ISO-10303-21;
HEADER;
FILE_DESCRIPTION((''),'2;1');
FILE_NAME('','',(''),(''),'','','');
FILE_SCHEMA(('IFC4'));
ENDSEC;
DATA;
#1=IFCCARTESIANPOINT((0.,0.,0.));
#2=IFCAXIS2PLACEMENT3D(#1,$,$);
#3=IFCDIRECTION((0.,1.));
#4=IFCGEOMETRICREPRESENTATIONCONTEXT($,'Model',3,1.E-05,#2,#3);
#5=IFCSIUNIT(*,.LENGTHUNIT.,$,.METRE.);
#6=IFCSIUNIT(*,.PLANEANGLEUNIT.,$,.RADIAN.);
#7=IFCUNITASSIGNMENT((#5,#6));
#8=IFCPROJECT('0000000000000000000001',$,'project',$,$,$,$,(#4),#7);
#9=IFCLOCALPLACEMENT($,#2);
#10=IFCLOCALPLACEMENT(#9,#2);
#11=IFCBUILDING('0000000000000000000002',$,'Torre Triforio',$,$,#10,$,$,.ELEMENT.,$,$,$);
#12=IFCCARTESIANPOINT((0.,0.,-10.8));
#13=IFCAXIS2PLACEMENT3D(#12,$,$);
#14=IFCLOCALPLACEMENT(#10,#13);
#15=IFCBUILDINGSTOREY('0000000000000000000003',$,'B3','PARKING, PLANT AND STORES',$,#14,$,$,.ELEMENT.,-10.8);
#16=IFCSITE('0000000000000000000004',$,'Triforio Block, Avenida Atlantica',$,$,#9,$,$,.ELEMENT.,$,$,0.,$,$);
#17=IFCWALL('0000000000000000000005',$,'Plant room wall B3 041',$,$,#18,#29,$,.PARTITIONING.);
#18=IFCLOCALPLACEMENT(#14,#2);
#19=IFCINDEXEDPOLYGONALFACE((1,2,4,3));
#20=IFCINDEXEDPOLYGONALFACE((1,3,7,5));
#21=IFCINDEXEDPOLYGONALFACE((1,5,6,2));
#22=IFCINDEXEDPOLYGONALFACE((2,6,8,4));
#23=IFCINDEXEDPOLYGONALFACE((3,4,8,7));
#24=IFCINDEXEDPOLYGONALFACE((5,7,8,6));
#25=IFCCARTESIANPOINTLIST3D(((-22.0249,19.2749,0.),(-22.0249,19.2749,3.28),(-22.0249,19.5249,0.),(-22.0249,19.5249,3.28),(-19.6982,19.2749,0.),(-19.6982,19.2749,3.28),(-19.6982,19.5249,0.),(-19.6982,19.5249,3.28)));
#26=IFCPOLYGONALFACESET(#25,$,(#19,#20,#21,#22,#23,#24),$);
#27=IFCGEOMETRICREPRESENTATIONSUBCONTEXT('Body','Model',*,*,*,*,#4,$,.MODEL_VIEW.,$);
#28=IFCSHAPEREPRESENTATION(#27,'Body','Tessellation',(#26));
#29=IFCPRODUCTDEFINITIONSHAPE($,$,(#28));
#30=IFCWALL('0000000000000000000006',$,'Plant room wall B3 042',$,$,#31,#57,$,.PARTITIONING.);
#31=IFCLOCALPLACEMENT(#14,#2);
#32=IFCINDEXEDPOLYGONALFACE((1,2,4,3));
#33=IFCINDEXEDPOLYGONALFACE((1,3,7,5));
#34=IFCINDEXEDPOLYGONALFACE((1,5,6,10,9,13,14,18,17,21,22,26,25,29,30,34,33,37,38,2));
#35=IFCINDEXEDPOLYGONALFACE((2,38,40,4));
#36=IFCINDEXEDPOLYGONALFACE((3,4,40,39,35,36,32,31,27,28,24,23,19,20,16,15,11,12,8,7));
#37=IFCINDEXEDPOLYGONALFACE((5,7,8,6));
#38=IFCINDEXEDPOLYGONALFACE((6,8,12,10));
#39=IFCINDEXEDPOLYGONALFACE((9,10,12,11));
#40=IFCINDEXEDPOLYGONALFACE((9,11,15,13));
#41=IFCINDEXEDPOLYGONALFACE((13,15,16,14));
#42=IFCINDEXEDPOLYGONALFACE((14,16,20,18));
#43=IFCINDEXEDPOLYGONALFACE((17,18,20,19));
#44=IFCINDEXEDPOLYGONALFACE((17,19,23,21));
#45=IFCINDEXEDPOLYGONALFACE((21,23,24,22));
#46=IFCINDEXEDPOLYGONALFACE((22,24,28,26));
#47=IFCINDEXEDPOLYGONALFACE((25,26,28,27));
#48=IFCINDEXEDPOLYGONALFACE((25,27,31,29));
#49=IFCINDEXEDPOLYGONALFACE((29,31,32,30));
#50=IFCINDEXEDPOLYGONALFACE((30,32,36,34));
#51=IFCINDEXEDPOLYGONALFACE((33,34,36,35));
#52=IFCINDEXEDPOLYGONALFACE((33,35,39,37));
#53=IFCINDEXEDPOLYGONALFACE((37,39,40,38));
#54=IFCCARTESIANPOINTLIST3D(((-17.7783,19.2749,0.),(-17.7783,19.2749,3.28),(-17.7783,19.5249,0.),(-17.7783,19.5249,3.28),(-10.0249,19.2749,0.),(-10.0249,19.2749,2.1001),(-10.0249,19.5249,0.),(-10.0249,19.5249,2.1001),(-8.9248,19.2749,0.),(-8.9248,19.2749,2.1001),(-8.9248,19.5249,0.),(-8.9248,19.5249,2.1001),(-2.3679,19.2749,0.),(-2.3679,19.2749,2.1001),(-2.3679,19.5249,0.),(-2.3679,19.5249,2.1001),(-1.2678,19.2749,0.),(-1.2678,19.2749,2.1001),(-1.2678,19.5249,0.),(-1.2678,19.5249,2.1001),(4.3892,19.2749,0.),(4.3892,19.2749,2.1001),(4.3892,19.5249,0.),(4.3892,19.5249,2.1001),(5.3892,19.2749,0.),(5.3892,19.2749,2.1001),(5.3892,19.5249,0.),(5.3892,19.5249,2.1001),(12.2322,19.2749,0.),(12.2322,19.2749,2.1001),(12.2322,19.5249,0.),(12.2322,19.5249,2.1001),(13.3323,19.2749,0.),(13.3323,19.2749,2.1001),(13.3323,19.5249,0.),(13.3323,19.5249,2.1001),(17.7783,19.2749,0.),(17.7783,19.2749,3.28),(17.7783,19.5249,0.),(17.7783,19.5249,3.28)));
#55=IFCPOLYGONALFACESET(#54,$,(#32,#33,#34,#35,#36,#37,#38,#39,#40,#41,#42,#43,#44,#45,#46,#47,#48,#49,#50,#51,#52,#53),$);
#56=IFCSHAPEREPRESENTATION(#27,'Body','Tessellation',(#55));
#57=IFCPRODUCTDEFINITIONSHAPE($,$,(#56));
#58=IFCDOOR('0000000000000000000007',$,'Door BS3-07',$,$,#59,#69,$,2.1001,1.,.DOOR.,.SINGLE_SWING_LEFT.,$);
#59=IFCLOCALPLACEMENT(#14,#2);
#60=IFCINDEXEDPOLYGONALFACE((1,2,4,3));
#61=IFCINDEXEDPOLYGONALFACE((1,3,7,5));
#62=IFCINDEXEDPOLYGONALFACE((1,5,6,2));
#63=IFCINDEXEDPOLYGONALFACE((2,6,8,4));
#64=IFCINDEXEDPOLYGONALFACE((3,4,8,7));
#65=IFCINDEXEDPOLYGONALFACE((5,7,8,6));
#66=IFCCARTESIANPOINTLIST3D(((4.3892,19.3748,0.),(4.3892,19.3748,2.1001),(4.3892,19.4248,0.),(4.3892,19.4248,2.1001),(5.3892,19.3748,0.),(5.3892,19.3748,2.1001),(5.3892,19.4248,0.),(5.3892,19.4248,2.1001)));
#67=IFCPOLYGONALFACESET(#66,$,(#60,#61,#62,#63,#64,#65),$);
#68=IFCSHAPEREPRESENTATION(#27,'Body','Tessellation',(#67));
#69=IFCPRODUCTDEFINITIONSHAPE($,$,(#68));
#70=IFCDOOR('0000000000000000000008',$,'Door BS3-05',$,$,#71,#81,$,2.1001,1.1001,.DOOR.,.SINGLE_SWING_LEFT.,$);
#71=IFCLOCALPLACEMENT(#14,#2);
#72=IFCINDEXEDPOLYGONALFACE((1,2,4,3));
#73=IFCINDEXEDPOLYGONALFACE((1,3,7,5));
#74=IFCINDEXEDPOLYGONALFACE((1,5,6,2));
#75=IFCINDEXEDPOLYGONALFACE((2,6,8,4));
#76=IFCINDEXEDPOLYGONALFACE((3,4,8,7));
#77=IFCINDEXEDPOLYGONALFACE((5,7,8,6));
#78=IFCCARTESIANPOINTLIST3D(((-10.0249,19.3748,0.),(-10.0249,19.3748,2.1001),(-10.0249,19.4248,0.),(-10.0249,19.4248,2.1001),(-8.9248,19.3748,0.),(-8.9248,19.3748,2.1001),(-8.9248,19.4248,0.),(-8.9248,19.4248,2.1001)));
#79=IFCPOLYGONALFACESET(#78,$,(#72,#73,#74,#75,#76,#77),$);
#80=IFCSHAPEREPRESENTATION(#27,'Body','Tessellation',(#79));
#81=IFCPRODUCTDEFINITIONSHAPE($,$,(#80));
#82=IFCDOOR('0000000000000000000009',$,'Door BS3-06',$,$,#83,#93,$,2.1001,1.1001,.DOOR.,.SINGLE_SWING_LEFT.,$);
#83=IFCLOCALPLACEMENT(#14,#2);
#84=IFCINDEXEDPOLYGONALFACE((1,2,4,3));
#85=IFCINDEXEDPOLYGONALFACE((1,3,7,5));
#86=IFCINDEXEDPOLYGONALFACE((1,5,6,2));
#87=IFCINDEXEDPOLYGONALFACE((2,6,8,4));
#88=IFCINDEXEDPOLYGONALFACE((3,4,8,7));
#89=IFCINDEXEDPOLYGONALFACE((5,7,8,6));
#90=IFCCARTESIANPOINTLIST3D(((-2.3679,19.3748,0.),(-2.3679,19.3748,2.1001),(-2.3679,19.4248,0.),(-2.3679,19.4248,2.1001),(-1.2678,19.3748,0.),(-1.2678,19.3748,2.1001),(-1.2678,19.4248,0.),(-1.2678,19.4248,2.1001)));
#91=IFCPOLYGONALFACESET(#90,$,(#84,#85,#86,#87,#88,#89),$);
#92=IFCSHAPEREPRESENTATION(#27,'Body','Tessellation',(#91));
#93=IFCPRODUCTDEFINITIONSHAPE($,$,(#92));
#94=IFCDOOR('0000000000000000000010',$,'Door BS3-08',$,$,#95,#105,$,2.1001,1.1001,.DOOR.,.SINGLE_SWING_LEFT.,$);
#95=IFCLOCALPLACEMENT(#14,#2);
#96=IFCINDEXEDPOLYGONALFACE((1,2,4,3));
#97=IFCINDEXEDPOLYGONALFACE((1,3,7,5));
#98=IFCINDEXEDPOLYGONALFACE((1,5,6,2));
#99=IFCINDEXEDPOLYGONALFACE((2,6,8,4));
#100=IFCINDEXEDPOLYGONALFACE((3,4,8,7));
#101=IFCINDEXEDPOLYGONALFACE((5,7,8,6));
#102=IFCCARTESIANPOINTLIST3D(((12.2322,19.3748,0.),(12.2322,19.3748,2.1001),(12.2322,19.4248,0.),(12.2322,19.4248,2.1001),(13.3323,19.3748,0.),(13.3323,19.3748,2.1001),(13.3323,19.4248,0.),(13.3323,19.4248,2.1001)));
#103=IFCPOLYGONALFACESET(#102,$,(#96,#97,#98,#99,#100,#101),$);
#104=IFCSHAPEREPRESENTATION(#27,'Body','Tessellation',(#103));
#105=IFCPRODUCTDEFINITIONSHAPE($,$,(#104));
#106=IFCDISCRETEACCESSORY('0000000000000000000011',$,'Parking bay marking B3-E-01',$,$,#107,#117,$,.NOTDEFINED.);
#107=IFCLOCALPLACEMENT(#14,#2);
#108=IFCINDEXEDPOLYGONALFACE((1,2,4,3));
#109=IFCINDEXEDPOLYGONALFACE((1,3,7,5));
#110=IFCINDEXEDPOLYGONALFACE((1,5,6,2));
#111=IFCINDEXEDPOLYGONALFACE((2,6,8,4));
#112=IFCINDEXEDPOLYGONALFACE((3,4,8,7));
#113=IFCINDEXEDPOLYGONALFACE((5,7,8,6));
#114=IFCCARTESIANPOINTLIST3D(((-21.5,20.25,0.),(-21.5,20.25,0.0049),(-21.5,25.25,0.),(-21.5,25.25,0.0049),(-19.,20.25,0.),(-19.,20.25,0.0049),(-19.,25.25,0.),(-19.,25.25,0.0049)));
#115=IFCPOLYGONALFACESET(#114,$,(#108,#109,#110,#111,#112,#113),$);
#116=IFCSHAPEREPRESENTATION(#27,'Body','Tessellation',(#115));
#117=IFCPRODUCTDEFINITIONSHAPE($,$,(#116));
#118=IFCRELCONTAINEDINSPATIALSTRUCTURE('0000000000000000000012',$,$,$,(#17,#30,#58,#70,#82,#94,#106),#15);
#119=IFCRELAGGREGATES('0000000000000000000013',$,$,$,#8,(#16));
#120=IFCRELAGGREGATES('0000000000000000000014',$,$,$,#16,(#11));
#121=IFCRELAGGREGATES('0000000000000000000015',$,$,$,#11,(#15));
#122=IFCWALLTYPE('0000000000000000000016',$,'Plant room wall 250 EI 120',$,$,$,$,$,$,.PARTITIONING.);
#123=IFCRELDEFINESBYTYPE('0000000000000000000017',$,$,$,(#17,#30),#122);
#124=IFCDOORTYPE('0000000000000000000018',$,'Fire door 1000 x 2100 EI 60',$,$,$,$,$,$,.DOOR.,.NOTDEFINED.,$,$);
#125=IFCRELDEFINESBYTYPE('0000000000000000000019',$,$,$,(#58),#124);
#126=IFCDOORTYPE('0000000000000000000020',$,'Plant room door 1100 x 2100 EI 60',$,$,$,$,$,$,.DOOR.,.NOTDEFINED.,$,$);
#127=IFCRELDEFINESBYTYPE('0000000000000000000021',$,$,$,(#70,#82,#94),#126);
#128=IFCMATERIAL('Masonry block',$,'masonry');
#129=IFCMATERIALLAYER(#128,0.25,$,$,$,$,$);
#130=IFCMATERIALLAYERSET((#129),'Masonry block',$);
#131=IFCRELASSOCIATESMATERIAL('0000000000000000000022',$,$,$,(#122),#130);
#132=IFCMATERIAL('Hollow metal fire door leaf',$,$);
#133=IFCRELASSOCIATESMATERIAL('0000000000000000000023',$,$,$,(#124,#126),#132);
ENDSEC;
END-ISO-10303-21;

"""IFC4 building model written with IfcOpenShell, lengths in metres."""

from ifc_helpers import new_model, si_unit, direction, frame, frame_2d, origin, origin_2d, place, context, subcontext, project, spatial, rectangle, extrude, material, layer, layer_set, type_object, element, fill, save


model = new_model("IFC4")

# Units and contexts
model_context = context("Model", 3, precision=1e-05, world=origin(), true_north=direction((0.0, 1.0)))
body_context = subcontext(model_context, "Body", "Model", "MODEL_VIEW")
ifc_project = project(units=[si_unit("LENGTHUNIT", "METRE"), si_unit("PLANEANGLEUNIT", "RADIAN")], contexts=[model_context])

# Site, building, storey
site_placement = place(None, origin())
site = spatial("IfcSite", under=ifc_project, at=site_placement, Name="Triforio Block, Avenida Atlantica", CompositionType="ELEMENT", RefElevation=0.0)
building_placement = place(site_placement, origin())
building = spatial("IfcBuilding", under=site, at=building_placement, Name="Torre Triforio", CompositionType="ELEMENT")
storey_placement = place(building_placement, frame((0.0, 0.0, -10.8)))
storey = spatial("IfcBuildingStorey", under=building, at=storey_placement, Name="B3", Description="PARKING, PLANT AND STORES", CompositionType="ELEMENT", Elevation=-10.8)

# Wall
ifc_material_1 = material(Name="Masonry block", Category="masonry")
ifc_layer_1 = layer(ifc_material_1, 0.25)
ifc_layer_set_1 = layer_set([ifc_layer_1], Name="Masonry block")
wall_type_1 = type_object("IfcWallType", Name="Plant room wall 250 EI 120", PredefinedType="PARTITIONING", material=ifc_layer_set_1)
wall_1_placement = place(storey_placement, frame((-22.0249, 19.3999, 0.0), z_axis=(0.0, 0.0, 1.0), x_axis=(1.0, 0.0, 0.0)))
element("IfcWall", 1, at=wall_1_placement, inside=storey, type_object=wall_type_1, Name="Plant room wall B3 041", PredefinedType="PARTITIONING", context=body_context, shape_type="SweptSolid", body=[
    extrude(rectangle(XDim=2.3267, YDim=0.25, at=frame_2d((1.1633, 0.0))), origin(), (0.0, 0.0, 1.0), 3.28),
])

# Wall, openings, doors
wall_2_placement = place(storey_placement, frame((-17.7783, 19.3999, 0.0), z_axis=(0.0, 0.0, 1.0), x_axis=(1.0, 0.0, 0.0)))
wall_2 = element("IfcWall", 2, at=wall_2_placement, inside=storey, type_object=wall_type_1, Name="Plant room wall B3 042", PredefinedType="PARTITIONING", context=body_context, shape_type="SweptSolid", body=[
    extrude(rectangle(XDim=35.5566, YDim=0.25, at=frame_2d((17.7783, 0.0))), origin(), (0.0, 0.0, 1.0), 3.28),
])
opening_1_placement = place(wall_2_placement, frame((7.7534, 0.0, 0.0)))
opening_1 = element("IfcOpeningElement", 3, at=opening_1_placement, cuts=wall_2, PredefinedType="OPENING", context=body_context, shape_type="SweptSolid", body=[
    extrude(rectangle(XDim=1.1001, YDim=2.1001, at=frame_2d((0.55, 1.05))), frame((0.0, 0.135, 0.0), z_axis=(0.0, -1.0, 0.0), x_axis=(1.0, 0.0, 0.0)), (0.0, 0.0, 1.0), 0.27),
])
opening_2_placement = place(wall_2_placement, frame((15.4104, 0.0, 0.0)))
opening_2 = element("IfcOpeningElement", 4, at=opening_2_placement, cuts=wall_2, PredefinedType="OPENING", context=body_context, shape_type="SweptSolid", body=[
    extrude(rectangle(XDim=1.1001, YDim=2.1001, at=frame_2d((0.55, 1.05))), frame((0.0, 0.135, 0.0), z_axis=(0.0, -1.0, 0.0), x_axis=(1.0, 0.0, 0.0)), (0.0, 0.0, 1.0), 0.27),
])
opening_3_placement = place(wall_2_placement, frame((22.1675, 0.0, 0.0)))
opening_3 = element("IfcOpeningElement", 5, at=opening_3_placement, cuts=wall_2, PredefinedType="OPENING", context=body_context, shape_type="SweptSolid", body=[
    extrude(rectangle(XDim=1.0, YDim=2.1001, at=frame_2d((0.5, 1.05))), frame((0.0, 0.135, 0.0), z_axis=(0.0, -1.0, 0.0), x_axis=(1.0, 0.0, 0.0)), (0.0, 0.0, 1.0), 0.27),
])
opening_4_placement = place(wall_2_placement, frame((30.0105, 0.0, 0.0)))
opening_4 = element("IfcOpeningElement", 6, at=opening_4_placement, cuts=wall_2, PredefinedType="OPENING", context=body_context, shape_type="SweptSolid", body=[
    extrude(rectangle(XDim=1.1001, YDim=2.1001, at=frame_2d((0.55, 1.05))), frame((0.0, 0.135, 0.0), z_axis=(0.0, -1.0, 0.0), x_axis=(1.0, 0.0, 0.0)), (0.0, 0.0, 1.0), 0.27),
])
ifc_material_2 = material(Name="Hollow metal fire door leaf")
door_type_1 = type_object("IfcDoorType", Name="Fire door 1000 x 2100 EI 60", OperationType="NOTDEFINED", PredefinedType="DOOR", material=ifc_material_2)
door_1_placement = place(opening_3_placement, origin())
door_1 = element("IfcDoor", 7, at=door_1_placement, inside=storey, type_object=door_type_1, Name="Door BS3-07", OperationType="SINGLE_SWING_LEFT", OverallHeight=2.1001, OverallWidth=1.0, PredefinedType="DOOR", context=body_context, shape_type="SweptSolid", body=[
    extrude(rectangle(XDim=1.0, YDim=2.1001, at=frame_2d((0.5, 1.05))), frame((0.0, 0.0249, 0.0), z_axis=(0.0, -1.0, 0.0), x_axis=(1.0, 0.0, 0.0)), (0.0, 0.0, 1.0), 0.05),
])
fill(opening_3, door_1)
door_type_2 = type_object("IfcDoorType", Name="Plant room door 1100 x 2100 EI 60", OperationType="NOTDEFINED", PredefinedType="DOOR", material=ifc_material_2)
door_2_placement = place(opening_1_placement, origin())
door_2 = element("IfcDoor", 8, at=door_2_placement, inside=storey, type_object=door_type_2, Name="Door BS3-05", OperationType="SINGLE_SWING_LEFT", OverallHeight=2.1001, OverallWidth=1.1001, PredefinedType="DOOR", context=body_context, shape_type="SweptSolid", body=[
    extrude(rectangle(XDim=1.1001, YDim=2.1001, at=frame_2d((0.55, 1.05))), frame((0.0, 0.0249, 0.0), z_axis=(0.0, -1.0, 0.0), x_axis=(1.0, 0.0, 0.0)), (0.0, 0.0, 1.0), 0.05),
])
fill(opening_1, door_2)
door_3_placement = place(opening_2_placement, origin())
door_3 = element("IfcDoor", 9, at=door_3_placement, inside=storey, type_object=door_type_2, Name="Door BS3-06", OperationType="SINGLE_SWING_LEFT", OverallHeight=2.1001, OverallWidth=1.1001, PredefinedType="DOOR", context=body_context, shape_type="SweptSolid", body=[
    extrude(rectangle(XDim=1.1001, YDim=2.1001, at=frame_2d((0.55, 1.05))), frame((0.0, 0.0249, 0.0), z_axis=(0.0, -1.0, 0.0), x_axis=(1.0, 0.0, 0.0)), (0.0, 0.0, 1.0), 0.05),
])
fill(opening_2, door_3)
door_4_placement = place(opening_4_placement, origin())
door_4 = element("IfcDoor", 10, at=door_4_placement, inside=storey, type_object=door_type_2, Name="Door BS3-08", OperationType="SINGLE_SWING_LEFT", OverallHeight=2.1001, OverallWidth=1.1001, PredefinedType="DOOR", context=body_context, shape_type="SweptSolid", body=[
    extrude(rectangle(XDim=1.1001, YDim=2.1001, at=frame_2d((0.55, 1.05))), frame((0.0, 0.0249, 0.0), z_axis=(0.0, -1.0, 0.0), x_axis=(1.0, 0.0, 0.0)), (0.0, 0.0, 1.0), 0.05),
])
fill(opening_4, door_4)

# Discrete accessory
discrete_accessory_placement = place(storey_placement, frame((-20.25, 22.75, 0.0), z_axis=(0.0, 0.0, 1.0), x_axis=(1.0, 0.0, 0.0)))
element("IfcDiscreteAccessory", 11, at=discrete_accessory_placement, inside=storey, Name="Parking bay marking B3-E-01", PredefinedType="NOTDEFINED", context=body_context, shape_type="SweptSolid", body=[
    extrude(rectangle(XDim=2.5, YDim=5.0, at=origin_2d()), origin(), (0.0, 0.0, 1.0), 0.0049),
])

save(model, "model.ifc")
